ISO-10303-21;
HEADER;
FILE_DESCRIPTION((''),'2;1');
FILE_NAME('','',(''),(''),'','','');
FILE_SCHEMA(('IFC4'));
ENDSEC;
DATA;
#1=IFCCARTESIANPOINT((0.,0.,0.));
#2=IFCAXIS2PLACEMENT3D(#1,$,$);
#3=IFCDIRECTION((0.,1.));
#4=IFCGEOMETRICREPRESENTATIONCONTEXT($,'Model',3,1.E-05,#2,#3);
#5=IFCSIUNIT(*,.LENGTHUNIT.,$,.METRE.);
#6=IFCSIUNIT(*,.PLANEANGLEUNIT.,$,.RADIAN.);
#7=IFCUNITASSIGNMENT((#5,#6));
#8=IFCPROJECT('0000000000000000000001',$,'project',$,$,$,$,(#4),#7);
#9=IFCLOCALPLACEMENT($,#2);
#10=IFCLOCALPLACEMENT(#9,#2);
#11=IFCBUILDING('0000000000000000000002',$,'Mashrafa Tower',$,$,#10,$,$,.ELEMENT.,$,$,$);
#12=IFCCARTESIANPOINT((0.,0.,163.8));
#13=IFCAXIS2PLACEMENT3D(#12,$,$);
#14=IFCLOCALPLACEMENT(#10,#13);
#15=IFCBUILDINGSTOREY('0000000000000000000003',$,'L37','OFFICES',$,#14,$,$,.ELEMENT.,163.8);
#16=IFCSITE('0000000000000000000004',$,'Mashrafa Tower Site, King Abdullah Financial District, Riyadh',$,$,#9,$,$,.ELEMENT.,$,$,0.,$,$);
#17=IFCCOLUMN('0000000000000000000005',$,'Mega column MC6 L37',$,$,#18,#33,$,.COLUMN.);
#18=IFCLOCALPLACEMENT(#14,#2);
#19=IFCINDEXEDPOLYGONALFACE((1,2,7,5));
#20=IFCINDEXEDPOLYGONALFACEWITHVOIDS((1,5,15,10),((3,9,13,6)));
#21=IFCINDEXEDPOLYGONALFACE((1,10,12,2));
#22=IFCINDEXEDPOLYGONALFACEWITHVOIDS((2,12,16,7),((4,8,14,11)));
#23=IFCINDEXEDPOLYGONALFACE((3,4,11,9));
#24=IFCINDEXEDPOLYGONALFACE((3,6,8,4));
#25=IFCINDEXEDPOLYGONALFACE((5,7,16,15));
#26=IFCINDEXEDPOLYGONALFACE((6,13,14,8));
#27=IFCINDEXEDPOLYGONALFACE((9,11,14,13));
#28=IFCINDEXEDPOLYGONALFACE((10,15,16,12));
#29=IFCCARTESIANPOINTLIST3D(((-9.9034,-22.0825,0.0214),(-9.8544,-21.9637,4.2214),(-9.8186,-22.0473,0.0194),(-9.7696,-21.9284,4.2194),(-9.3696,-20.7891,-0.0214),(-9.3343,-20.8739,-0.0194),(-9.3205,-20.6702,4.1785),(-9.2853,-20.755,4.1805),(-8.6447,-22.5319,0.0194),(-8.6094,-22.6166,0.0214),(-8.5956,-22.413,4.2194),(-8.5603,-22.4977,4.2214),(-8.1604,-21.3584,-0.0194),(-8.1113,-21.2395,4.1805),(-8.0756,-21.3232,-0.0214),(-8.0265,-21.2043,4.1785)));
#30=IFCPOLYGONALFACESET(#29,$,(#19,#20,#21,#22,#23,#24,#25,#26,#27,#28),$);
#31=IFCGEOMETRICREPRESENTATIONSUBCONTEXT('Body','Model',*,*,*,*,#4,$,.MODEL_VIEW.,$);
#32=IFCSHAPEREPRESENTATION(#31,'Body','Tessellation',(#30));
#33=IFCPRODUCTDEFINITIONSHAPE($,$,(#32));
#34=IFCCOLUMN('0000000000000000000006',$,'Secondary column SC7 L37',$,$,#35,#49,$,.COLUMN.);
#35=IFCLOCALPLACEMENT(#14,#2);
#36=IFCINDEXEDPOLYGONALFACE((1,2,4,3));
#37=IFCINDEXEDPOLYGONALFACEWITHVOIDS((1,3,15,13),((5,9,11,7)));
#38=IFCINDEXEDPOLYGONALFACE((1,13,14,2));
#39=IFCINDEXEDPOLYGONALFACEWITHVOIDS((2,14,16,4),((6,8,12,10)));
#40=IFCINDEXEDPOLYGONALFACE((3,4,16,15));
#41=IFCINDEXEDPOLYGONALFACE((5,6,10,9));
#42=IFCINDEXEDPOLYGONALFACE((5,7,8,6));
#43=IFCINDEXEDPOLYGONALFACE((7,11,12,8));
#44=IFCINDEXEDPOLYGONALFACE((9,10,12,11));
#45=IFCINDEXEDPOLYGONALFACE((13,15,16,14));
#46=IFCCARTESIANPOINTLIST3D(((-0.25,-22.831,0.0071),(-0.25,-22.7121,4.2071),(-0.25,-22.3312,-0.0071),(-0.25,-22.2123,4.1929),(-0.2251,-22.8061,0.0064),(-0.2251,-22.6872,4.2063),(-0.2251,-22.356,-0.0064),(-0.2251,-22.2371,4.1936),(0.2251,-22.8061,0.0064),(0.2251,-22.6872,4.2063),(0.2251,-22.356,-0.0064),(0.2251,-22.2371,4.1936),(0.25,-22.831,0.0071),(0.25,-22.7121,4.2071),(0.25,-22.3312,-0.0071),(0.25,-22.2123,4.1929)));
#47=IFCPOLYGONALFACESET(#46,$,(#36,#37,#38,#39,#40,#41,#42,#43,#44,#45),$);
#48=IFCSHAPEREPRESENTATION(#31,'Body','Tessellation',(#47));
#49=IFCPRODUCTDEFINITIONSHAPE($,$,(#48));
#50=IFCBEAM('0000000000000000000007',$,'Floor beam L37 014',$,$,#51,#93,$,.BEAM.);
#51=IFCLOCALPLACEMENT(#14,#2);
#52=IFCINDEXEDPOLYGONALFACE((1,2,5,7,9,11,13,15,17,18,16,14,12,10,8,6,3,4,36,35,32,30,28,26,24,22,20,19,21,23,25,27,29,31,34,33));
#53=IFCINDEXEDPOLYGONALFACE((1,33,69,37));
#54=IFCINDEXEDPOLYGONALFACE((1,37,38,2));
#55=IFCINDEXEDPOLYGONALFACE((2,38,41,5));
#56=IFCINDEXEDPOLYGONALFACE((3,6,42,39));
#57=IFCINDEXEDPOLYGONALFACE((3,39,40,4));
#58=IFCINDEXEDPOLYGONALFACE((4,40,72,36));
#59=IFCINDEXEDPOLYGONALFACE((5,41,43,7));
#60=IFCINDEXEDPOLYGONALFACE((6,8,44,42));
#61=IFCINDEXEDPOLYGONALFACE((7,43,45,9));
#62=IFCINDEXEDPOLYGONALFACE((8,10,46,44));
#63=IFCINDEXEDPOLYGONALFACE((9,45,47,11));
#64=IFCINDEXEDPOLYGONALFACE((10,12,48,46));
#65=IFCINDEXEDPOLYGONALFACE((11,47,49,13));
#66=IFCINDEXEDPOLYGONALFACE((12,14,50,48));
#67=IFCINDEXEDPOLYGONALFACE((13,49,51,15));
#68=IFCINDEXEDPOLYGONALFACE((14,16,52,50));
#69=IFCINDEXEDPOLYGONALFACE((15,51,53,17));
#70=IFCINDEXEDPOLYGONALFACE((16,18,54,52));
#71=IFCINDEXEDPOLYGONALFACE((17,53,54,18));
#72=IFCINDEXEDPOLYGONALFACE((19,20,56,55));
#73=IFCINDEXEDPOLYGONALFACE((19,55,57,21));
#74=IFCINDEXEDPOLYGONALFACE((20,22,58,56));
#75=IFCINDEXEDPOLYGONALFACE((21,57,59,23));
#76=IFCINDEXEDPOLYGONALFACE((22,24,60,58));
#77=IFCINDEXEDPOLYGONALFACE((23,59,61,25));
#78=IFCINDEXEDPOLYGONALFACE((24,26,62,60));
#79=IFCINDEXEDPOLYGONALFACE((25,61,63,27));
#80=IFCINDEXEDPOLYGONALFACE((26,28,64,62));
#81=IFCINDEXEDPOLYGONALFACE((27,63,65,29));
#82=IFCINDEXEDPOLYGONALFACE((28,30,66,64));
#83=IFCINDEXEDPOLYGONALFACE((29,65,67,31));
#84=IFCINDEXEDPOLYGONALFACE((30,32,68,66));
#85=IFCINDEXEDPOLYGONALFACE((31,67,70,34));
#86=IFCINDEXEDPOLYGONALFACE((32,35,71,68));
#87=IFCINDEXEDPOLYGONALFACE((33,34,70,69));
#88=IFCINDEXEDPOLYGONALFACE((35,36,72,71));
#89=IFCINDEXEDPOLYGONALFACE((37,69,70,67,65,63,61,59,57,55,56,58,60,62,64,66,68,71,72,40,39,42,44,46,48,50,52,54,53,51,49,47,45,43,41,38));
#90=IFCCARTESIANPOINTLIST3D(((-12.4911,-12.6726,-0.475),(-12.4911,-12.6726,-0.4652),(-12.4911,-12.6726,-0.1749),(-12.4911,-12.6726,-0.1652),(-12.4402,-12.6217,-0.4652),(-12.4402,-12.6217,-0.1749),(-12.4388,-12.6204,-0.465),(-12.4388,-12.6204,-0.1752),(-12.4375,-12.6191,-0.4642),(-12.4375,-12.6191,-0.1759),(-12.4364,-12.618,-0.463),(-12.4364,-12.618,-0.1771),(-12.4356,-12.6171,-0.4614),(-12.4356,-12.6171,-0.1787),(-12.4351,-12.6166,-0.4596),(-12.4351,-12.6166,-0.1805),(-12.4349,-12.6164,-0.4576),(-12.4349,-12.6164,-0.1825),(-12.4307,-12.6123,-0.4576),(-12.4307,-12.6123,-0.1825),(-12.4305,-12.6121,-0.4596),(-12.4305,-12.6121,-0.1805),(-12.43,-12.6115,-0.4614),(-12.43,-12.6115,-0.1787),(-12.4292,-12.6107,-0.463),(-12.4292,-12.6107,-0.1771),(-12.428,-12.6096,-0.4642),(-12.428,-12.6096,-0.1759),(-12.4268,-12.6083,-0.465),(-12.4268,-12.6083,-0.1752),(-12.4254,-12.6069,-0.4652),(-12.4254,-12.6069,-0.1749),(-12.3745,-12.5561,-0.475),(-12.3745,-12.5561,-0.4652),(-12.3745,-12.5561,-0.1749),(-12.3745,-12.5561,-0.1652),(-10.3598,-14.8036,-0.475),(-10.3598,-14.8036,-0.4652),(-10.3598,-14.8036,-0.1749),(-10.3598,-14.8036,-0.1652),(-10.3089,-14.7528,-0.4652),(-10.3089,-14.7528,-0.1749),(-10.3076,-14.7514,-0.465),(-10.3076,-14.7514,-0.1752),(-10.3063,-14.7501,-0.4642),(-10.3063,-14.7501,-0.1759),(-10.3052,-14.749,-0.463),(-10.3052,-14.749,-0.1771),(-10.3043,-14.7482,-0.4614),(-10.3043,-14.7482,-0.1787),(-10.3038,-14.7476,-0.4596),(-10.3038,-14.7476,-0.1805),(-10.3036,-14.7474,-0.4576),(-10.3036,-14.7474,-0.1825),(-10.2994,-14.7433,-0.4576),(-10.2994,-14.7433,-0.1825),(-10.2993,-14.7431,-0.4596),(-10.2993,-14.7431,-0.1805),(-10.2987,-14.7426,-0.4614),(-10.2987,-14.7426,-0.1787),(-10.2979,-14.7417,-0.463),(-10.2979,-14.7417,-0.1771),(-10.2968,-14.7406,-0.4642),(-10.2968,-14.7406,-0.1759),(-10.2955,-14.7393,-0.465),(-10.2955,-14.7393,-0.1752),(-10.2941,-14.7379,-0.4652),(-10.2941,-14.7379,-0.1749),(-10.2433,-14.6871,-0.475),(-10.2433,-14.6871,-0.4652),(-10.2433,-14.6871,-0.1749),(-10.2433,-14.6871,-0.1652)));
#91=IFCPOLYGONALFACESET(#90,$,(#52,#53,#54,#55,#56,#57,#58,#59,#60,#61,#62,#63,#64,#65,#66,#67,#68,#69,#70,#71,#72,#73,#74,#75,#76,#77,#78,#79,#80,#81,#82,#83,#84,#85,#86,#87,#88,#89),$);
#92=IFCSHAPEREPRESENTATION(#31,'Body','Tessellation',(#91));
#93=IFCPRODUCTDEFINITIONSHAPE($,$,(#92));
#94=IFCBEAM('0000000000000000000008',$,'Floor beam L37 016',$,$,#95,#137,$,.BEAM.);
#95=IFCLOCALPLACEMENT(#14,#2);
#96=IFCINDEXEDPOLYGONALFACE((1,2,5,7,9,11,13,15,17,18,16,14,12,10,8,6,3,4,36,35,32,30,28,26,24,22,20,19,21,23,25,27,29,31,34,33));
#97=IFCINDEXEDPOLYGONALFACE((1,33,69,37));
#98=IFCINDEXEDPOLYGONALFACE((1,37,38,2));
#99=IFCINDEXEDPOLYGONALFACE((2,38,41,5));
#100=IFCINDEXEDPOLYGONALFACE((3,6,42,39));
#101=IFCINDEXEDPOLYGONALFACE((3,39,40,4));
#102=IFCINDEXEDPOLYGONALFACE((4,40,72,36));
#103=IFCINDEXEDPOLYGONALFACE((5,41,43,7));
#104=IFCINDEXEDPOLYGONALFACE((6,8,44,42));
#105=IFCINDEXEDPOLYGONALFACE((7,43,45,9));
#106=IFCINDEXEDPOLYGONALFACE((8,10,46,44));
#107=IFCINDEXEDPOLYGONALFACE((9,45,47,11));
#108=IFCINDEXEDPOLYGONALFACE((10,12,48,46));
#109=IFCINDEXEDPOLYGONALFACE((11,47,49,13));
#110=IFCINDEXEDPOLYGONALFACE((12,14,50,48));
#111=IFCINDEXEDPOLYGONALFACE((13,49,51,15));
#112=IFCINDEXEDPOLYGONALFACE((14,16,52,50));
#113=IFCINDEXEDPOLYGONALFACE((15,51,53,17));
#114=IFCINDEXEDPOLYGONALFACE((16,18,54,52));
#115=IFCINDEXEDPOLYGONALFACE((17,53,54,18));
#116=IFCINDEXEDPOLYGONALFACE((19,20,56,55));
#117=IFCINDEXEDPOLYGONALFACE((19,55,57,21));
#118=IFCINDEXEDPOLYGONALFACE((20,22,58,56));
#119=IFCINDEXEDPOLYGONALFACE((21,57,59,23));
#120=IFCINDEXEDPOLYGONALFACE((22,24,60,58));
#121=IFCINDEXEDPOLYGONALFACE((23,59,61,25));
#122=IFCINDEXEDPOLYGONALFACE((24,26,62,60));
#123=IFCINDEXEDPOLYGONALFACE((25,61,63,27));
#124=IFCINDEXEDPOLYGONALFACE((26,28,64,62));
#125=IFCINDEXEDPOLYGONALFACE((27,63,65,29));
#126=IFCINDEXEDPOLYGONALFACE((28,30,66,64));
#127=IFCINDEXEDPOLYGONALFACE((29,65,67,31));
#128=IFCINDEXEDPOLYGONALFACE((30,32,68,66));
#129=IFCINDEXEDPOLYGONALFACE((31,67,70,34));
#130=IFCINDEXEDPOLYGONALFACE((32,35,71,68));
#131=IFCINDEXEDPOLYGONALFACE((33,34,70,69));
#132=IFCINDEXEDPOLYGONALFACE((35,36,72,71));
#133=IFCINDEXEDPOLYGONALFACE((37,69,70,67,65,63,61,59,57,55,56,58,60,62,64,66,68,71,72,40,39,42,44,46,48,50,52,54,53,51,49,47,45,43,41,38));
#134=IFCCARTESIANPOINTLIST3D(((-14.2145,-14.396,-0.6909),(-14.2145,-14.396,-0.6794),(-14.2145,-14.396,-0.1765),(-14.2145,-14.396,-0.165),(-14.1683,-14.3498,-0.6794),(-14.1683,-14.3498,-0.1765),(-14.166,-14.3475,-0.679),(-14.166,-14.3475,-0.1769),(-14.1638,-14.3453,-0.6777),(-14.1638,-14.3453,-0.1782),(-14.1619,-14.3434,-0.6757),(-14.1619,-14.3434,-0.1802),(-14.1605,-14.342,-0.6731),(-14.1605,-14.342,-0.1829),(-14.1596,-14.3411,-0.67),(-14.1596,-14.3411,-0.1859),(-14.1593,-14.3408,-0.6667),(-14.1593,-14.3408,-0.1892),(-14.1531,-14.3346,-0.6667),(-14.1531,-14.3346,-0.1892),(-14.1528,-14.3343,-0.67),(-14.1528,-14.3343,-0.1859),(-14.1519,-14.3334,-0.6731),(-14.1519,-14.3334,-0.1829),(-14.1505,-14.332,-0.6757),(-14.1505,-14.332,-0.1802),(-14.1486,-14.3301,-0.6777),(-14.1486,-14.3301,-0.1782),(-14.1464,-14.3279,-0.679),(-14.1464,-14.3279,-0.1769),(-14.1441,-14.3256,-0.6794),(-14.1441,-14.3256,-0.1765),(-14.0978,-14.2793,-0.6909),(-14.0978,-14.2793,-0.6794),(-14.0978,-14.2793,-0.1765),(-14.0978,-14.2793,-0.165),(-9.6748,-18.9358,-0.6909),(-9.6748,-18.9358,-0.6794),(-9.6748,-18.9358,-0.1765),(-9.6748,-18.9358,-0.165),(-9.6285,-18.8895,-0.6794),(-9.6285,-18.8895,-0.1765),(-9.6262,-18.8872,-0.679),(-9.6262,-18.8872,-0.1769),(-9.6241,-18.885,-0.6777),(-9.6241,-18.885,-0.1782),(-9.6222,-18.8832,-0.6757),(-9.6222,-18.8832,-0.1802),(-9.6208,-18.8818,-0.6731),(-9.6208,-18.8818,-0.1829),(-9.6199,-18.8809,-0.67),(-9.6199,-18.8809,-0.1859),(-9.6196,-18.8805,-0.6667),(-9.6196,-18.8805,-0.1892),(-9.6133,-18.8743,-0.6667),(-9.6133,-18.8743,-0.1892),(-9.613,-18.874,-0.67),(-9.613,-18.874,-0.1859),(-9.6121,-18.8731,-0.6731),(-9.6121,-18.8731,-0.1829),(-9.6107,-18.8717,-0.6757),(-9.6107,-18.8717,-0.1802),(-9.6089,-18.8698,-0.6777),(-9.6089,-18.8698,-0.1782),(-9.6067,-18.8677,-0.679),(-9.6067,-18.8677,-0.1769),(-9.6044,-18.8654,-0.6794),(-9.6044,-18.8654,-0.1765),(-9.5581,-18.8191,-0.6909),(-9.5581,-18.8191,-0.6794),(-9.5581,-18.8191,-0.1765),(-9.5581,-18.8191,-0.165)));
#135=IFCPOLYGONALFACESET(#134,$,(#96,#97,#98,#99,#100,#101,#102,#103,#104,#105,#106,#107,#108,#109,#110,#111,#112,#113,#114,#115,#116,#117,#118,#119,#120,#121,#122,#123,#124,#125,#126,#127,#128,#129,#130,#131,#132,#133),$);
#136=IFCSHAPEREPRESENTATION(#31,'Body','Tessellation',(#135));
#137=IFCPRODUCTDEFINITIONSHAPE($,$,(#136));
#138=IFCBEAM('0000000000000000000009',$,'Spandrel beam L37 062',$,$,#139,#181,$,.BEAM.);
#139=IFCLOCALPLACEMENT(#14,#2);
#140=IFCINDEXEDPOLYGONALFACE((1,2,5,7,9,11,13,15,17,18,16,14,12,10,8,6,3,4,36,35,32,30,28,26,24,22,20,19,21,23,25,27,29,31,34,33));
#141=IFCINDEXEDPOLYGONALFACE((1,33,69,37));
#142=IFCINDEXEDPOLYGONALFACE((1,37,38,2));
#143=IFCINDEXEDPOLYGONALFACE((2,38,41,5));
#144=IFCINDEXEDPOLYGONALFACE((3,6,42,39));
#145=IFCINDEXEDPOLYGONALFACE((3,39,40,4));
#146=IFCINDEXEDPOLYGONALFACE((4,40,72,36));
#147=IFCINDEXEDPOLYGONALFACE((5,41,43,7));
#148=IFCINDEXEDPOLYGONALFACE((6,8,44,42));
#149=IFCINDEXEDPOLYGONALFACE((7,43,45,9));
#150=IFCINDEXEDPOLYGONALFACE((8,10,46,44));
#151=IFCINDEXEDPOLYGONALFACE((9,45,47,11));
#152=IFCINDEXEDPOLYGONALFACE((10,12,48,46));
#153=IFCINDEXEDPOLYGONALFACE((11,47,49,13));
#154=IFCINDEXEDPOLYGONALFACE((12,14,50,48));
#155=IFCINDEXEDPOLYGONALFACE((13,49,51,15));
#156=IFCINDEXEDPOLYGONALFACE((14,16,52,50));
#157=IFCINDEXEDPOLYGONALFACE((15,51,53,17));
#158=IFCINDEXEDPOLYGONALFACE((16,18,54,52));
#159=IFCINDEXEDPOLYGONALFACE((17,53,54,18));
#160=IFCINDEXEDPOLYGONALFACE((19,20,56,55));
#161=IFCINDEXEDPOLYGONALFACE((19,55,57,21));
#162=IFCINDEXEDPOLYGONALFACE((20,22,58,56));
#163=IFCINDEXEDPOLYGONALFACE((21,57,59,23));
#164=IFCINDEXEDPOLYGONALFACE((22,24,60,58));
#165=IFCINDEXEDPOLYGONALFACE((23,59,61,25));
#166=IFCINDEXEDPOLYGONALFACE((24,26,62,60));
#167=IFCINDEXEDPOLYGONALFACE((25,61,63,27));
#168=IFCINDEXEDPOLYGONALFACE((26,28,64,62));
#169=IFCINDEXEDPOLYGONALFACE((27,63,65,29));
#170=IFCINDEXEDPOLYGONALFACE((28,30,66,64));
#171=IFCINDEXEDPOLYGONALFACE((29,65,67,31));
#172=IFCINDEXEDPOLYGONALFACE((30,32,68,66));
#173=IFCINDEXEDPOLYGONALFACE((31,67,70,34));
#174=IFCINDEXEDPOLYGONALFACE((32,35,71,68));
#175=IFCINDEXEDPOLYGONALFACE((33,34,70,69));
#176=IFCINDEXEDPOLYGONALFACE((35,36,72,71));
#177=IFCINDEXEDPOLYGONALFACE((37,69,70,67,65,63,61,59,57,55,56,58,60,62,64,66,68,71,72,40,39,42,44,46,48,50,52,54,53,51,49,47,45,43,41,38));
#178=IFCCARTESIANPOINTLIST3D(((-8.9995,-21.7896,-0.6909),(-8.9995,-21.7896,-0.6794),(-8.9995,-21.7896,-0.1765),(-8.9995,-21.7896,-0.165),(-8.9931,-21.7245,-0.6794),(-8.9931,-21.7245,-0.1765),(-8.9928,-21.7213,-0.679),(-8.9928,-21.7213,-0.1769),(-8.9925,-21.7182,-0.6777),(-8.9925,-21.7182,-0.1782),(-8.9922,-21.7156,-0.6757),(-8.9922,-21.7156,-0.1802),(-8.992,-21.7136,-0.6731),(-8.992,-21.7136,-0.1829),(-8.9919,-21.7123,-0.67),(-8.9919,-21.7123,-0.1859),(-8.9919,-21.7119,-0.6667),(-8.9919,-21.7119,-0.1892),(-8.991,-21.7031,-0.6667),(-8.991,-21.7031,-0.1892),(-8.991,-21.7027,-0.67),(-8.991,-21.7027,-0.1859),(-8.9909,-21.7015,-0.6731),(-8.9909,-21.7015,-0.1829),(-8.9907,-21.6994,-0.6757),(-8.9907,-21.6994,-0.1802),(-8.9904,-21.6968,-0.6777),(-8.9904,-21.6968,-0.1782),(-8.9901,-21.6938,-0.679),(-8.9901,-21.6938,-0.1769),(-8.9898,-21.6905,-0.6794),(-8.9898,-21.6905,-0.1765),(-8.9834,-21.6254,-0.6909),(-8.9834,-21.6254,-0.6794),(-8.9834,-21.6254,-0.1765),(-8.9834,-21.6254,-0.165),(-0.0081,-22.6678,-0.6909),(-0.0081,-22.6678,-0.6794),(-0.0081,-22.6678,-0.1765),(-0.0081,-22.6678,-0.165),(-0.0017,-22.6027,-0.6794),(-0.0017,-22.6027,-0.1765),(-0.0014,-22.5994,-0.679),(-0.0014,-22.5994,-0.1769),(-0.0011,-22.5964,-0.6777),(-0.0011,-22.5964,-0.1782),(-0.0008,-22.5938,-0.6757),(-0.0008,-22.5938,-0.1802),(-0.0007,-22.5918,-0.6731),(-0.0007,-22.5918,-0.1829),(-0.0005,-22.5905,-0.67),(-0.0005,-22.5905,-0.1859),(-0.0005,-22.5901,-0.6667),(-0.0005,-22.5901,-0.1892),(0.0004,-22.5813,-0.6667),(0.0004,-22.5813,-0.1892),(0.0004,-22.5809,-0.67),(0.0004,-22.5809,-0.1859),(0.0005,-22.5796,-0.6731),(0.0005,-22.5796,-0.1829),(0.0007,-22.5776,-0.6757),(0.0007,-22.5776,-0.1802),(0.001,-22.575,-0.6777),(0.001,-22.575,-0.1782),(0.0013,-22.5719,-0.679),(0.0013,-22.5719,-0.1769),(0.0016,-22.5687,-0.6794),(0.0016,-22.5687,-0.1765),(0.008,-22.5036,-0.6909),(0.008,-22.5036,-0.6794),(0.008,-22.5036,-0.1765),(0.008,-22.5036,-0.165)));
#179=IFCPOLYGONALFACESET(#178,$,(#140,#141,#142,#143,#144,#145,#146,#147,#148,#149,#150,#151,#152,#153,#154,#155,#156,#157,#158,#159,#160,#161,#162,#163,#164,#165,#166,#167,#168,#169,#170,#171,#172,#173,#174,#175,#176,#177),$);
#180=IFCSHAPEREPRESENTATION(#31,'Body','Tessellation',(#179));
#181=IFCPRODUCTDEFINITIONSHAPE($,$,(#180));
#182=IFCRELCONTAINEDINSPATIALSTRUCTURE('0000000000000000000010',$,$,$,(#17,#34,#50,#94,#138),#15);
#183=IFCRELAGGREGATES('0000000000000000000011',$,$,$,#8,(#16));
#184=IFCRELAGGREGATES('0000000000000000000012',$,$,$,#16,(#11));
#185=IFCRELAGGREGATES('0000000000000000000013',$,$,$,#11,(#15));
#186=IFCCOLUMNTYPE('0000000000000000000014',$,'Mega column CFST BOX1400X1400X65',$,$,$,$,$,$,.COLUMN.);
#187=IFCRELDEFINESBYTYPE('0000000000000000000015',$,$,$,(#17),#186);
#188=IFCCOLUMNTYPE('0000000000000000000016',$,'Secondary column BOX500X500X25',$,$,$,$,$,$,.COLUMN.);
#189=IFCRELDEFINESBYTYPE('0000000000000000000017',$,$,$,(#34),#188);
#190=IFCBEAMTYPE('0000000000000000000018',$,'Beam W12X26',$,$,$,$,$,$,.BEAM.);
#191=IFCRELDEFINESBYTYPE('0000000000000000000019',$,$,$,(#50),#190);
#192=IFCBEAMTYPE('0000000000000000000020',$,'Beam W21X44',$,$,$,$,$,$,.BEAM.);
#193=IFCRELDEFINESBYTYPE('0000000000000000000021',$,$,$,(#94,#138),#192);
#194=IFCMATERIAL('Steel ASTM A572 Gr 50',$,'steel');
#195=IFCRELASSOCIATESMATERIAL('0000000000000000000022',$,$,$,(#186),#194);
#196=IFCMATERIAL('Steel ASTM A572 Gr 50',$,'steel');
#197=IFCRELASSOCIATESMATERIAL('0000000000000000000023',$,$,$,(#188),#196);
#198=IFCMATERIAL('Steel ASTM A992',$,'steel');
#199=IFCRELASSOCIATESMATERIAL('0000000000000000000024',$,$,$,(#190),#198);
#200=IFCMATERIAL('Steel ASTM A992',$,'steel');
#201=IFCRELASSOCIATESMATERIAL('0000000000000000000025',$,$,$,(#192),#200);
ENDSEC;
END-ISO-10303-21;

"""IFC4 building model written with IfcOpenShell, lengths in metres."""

from ifc_helpers import new_model, si_unit, direction, frame, origin, origin_2d, place, context, subcontext, project, spatial, hollow_rectangle, i_section, extrude, material, material_profile, profile_set, type_object, element, save


model = new_model("IFC4")

# Units and contexts
model_context = context("Model", 3, precision=1e-05, world=origin(), true_north=direction((0.0, 1.0)))
body_context = subcontext(model_context, "Body", "Model", "MODEL_VIEW")
ifc_project = project(units=[si_unit("LENGTHUNIT", "METRE"), si_unit("PLANEANGLEUNIT", "RADIAN")], contexts=[model_context])

# Site, building, storey
site_placement = place(None, origin())
site = spatial("IfcSite", under=ifc_project, at=site_placement, Name="Mashrafa Tower Site, King Abdullah Financial District, Riyadh", CompositionType="ELEMENT", RefElevation=0.0)
building_placement = place(site_placement, origin())
building = spatial("IfcBuilding", under=site, at=building_placement, Name="Mashrafa Tower", CompositionType="ELEMENT")
storey_placement = place(building_placement, frame((0.0, 0.0, 163.8)))
storey = spatial("IfcBuildingStorey", under=building, at=storey_placement, Name="L37", Description="OFFICES", CompositionType="ELEMENT", Elevation=163.8)

# Columns
ifc_material_1 = material(Name="Steel ASTM A572 Gr 50", Category="steel")
ifc_material_profile_1 = material_profile(ifc_material_1, hollow_rectangle(XDim=1.3999, YDim=1.3999, WallThickness=0.0649, at=origin_2d()), Name="BOX1400X1400X65")
ifc_profile_set_1 = profile_set([ifc_material_profile_1], Name="Steel ASTM A572 Gr 50")
column_type_1 = type_object("IfcColumnType", Name="Mega column CFST BOX1400X1400X65", PredefinedType="COLUMN", material=ifc_profile_set_1)
column_1_placement = place(storey_placement, frame((-8.9895, -21.7029, 0.0), z_axis=(0.011679, 0.028296, 0.999531), x_axis=(-0.924363, 0.381513, 0.0)))
element("IfcColumn", 1, at=column_1_placement, inside=storey, type_object=column_type_1, Name="Mega column MC6 L37", PredefinedType="COLUMN", context=body_context, shape_type="SweptSolid", body=[
    extrude(hollow_rectangle(XDim=1.3999, YDim=1.3999, WallThickness=0.0649, at=origin_2d()), origin(), (0.0, 0.0, 1.0), 4.2019),
])
ifc_material_2 = material(Name="Steel ASTM A572 Gr 50", Category="steel")
ifc_material_profile_2 = material_profile(ifc_material_2, hollow_rectangle(XDim=0.5, YDim=0.5, WallThickness=0.0249, at=origin_2d()), Name="BOX500X500X25")
ifc_profile_set_2 = profile_set([ifc_material_profile_2], Name="Steel ASTM A572 Gr 50")
column_type_2 = type_object("IfcColumnType", Name="Secondary column BOX500X500X25", PredefinedType="COLUMN", material=ifc_profile_set_2)
column_2_placement = place(storey_placement, frame((0.0, -22.5811, 0.0), z_axis=(0.0, 0.028298, 0.9996), x_axis=(-1.0, 0.0, 0.0)))
element("IfcColumn", 2, at=column_2_placement, inside=storey, type_object=column_type_2, Name="Secondary column SC7 L37", PredefinedType="COLUMN", context=body_context, shape_type="SweptSolid", body=[
    extrude(hollow_rectangle(XDim=0.5, YDim=0.5, WallThickness=0.0249, at=origin_2d()), origin(), (0.0, 0.0, 1.0), 4.2017),
])

# Beams
ifc_material_3 = material(Name="Steel ASTM A992", Category="steel")
ifc_material_profile_3 = material_profile(ifc_material_3, i_section(OverallWidth=0.1648, OverallDepth=0.3098, WebThickness=0.0059, FlangeThickness=0.0098, FilletRadius=0.0076, at=origin_2d()), Name="W12X26")
ifc_profile_set_3 = profile_set([ifc_material_profile_3], Name="Steel ASTM A992")
beam_type_1 = type_object("IfcBeamType", Name="Beam W12X26", PredefinedType="BEAM", material=ifc_profile_set_3)
beam_1_placement = place(storey_placement, frame((-10.3015, -14.7454, -0.3201), z_axis=(-0.707147, 0.707066, 0.0), x_axis=(-0.707066, -0.707147, 0.0)))
element("IfcBeam", 3, at=beam_1_placement, inside=storey, type_object=beam_type_1, Name="Floor beam L37 014", PredefinedType="BEAM", context=body_context, shape_type="SweptSolid", body=[
    extrude(i_section(OverallWidth=0.1648, OverallDepth=0.3098, WebThickness=0.0059, FlangeThickness=0.0098, FilletRadius=0.0076, at=origin_2d()), origin(), (0.0, 0.0, 1.0), 3.0139),
])
ifc_material_4 = material(Name="Steel ASTM A992", Category="steel")
ifc_material_profile_4 = material_profile(ifc_material_4, i_section(OverallWidth=0.165, OverallDepth=0.5259, WebThickness=0.0088, FlangeThickness=0.0115, FilletRadius=0.0127, at=origin_2d()), Name="W21X44")
ifc_profile_set_4 = profile_set([ifc_material_profile_4], Name="Steel ASTM A992")
beam_type_2 = type_object("IfcBeamType", Name="Beam W21X44", PredefinedType="BEAM", material=ifc_profile_set_4)
beam_2_placement = place(storey_placement, frame((-9.6165, -18.8774, -0.428), z_axis=(-0.707107, 0.707107, 0.0), x_axis=(-0.707107, -0.707107, 0.0)))
element("IfcBeam", 4, at=beam_2_placement, inside=storey, type_object=beam_type_2, Name="Floor beam L37 016", PredefinedType="BEAM", context=body_context, shape_type="SweptSolid", body=[
    extrude(i_section(OverallWidth=0.165, OverallDepth=0.5259, WebThickness=0.0088, FlangeThickness=0.0115, FilletRadius=0.0127, at=origin_2d()), origin(), (0.0, 0.0, 1.0), 6.4202),
])
beam_3_placement = place(storey_placement, frame((-8.9915, -21.7075, -0.428), z_axis=(0.995264, -0.097205, 0.0), x_axis=(0.097205, 0.995264, 0.0)))
element("IfcBeam", 5, at=beam_3_placement, inside=storey, type_object=beam_type_2, Name="Spandrel beam L37 062", PredefinedType="BEAM", context=body_context, shape_type="SweptSolid", body=[
    extrude(i_section(OverallWidth=0.165, OverallDepth=0.5259, WebThickness=0.0088, FlangeThickness=0.0115, FilletRadius=0.0127, at=origin_2d()), origin(), (0.0, 0.0, 1.0), 9.0342),
])

save(model, "model.ifc")
